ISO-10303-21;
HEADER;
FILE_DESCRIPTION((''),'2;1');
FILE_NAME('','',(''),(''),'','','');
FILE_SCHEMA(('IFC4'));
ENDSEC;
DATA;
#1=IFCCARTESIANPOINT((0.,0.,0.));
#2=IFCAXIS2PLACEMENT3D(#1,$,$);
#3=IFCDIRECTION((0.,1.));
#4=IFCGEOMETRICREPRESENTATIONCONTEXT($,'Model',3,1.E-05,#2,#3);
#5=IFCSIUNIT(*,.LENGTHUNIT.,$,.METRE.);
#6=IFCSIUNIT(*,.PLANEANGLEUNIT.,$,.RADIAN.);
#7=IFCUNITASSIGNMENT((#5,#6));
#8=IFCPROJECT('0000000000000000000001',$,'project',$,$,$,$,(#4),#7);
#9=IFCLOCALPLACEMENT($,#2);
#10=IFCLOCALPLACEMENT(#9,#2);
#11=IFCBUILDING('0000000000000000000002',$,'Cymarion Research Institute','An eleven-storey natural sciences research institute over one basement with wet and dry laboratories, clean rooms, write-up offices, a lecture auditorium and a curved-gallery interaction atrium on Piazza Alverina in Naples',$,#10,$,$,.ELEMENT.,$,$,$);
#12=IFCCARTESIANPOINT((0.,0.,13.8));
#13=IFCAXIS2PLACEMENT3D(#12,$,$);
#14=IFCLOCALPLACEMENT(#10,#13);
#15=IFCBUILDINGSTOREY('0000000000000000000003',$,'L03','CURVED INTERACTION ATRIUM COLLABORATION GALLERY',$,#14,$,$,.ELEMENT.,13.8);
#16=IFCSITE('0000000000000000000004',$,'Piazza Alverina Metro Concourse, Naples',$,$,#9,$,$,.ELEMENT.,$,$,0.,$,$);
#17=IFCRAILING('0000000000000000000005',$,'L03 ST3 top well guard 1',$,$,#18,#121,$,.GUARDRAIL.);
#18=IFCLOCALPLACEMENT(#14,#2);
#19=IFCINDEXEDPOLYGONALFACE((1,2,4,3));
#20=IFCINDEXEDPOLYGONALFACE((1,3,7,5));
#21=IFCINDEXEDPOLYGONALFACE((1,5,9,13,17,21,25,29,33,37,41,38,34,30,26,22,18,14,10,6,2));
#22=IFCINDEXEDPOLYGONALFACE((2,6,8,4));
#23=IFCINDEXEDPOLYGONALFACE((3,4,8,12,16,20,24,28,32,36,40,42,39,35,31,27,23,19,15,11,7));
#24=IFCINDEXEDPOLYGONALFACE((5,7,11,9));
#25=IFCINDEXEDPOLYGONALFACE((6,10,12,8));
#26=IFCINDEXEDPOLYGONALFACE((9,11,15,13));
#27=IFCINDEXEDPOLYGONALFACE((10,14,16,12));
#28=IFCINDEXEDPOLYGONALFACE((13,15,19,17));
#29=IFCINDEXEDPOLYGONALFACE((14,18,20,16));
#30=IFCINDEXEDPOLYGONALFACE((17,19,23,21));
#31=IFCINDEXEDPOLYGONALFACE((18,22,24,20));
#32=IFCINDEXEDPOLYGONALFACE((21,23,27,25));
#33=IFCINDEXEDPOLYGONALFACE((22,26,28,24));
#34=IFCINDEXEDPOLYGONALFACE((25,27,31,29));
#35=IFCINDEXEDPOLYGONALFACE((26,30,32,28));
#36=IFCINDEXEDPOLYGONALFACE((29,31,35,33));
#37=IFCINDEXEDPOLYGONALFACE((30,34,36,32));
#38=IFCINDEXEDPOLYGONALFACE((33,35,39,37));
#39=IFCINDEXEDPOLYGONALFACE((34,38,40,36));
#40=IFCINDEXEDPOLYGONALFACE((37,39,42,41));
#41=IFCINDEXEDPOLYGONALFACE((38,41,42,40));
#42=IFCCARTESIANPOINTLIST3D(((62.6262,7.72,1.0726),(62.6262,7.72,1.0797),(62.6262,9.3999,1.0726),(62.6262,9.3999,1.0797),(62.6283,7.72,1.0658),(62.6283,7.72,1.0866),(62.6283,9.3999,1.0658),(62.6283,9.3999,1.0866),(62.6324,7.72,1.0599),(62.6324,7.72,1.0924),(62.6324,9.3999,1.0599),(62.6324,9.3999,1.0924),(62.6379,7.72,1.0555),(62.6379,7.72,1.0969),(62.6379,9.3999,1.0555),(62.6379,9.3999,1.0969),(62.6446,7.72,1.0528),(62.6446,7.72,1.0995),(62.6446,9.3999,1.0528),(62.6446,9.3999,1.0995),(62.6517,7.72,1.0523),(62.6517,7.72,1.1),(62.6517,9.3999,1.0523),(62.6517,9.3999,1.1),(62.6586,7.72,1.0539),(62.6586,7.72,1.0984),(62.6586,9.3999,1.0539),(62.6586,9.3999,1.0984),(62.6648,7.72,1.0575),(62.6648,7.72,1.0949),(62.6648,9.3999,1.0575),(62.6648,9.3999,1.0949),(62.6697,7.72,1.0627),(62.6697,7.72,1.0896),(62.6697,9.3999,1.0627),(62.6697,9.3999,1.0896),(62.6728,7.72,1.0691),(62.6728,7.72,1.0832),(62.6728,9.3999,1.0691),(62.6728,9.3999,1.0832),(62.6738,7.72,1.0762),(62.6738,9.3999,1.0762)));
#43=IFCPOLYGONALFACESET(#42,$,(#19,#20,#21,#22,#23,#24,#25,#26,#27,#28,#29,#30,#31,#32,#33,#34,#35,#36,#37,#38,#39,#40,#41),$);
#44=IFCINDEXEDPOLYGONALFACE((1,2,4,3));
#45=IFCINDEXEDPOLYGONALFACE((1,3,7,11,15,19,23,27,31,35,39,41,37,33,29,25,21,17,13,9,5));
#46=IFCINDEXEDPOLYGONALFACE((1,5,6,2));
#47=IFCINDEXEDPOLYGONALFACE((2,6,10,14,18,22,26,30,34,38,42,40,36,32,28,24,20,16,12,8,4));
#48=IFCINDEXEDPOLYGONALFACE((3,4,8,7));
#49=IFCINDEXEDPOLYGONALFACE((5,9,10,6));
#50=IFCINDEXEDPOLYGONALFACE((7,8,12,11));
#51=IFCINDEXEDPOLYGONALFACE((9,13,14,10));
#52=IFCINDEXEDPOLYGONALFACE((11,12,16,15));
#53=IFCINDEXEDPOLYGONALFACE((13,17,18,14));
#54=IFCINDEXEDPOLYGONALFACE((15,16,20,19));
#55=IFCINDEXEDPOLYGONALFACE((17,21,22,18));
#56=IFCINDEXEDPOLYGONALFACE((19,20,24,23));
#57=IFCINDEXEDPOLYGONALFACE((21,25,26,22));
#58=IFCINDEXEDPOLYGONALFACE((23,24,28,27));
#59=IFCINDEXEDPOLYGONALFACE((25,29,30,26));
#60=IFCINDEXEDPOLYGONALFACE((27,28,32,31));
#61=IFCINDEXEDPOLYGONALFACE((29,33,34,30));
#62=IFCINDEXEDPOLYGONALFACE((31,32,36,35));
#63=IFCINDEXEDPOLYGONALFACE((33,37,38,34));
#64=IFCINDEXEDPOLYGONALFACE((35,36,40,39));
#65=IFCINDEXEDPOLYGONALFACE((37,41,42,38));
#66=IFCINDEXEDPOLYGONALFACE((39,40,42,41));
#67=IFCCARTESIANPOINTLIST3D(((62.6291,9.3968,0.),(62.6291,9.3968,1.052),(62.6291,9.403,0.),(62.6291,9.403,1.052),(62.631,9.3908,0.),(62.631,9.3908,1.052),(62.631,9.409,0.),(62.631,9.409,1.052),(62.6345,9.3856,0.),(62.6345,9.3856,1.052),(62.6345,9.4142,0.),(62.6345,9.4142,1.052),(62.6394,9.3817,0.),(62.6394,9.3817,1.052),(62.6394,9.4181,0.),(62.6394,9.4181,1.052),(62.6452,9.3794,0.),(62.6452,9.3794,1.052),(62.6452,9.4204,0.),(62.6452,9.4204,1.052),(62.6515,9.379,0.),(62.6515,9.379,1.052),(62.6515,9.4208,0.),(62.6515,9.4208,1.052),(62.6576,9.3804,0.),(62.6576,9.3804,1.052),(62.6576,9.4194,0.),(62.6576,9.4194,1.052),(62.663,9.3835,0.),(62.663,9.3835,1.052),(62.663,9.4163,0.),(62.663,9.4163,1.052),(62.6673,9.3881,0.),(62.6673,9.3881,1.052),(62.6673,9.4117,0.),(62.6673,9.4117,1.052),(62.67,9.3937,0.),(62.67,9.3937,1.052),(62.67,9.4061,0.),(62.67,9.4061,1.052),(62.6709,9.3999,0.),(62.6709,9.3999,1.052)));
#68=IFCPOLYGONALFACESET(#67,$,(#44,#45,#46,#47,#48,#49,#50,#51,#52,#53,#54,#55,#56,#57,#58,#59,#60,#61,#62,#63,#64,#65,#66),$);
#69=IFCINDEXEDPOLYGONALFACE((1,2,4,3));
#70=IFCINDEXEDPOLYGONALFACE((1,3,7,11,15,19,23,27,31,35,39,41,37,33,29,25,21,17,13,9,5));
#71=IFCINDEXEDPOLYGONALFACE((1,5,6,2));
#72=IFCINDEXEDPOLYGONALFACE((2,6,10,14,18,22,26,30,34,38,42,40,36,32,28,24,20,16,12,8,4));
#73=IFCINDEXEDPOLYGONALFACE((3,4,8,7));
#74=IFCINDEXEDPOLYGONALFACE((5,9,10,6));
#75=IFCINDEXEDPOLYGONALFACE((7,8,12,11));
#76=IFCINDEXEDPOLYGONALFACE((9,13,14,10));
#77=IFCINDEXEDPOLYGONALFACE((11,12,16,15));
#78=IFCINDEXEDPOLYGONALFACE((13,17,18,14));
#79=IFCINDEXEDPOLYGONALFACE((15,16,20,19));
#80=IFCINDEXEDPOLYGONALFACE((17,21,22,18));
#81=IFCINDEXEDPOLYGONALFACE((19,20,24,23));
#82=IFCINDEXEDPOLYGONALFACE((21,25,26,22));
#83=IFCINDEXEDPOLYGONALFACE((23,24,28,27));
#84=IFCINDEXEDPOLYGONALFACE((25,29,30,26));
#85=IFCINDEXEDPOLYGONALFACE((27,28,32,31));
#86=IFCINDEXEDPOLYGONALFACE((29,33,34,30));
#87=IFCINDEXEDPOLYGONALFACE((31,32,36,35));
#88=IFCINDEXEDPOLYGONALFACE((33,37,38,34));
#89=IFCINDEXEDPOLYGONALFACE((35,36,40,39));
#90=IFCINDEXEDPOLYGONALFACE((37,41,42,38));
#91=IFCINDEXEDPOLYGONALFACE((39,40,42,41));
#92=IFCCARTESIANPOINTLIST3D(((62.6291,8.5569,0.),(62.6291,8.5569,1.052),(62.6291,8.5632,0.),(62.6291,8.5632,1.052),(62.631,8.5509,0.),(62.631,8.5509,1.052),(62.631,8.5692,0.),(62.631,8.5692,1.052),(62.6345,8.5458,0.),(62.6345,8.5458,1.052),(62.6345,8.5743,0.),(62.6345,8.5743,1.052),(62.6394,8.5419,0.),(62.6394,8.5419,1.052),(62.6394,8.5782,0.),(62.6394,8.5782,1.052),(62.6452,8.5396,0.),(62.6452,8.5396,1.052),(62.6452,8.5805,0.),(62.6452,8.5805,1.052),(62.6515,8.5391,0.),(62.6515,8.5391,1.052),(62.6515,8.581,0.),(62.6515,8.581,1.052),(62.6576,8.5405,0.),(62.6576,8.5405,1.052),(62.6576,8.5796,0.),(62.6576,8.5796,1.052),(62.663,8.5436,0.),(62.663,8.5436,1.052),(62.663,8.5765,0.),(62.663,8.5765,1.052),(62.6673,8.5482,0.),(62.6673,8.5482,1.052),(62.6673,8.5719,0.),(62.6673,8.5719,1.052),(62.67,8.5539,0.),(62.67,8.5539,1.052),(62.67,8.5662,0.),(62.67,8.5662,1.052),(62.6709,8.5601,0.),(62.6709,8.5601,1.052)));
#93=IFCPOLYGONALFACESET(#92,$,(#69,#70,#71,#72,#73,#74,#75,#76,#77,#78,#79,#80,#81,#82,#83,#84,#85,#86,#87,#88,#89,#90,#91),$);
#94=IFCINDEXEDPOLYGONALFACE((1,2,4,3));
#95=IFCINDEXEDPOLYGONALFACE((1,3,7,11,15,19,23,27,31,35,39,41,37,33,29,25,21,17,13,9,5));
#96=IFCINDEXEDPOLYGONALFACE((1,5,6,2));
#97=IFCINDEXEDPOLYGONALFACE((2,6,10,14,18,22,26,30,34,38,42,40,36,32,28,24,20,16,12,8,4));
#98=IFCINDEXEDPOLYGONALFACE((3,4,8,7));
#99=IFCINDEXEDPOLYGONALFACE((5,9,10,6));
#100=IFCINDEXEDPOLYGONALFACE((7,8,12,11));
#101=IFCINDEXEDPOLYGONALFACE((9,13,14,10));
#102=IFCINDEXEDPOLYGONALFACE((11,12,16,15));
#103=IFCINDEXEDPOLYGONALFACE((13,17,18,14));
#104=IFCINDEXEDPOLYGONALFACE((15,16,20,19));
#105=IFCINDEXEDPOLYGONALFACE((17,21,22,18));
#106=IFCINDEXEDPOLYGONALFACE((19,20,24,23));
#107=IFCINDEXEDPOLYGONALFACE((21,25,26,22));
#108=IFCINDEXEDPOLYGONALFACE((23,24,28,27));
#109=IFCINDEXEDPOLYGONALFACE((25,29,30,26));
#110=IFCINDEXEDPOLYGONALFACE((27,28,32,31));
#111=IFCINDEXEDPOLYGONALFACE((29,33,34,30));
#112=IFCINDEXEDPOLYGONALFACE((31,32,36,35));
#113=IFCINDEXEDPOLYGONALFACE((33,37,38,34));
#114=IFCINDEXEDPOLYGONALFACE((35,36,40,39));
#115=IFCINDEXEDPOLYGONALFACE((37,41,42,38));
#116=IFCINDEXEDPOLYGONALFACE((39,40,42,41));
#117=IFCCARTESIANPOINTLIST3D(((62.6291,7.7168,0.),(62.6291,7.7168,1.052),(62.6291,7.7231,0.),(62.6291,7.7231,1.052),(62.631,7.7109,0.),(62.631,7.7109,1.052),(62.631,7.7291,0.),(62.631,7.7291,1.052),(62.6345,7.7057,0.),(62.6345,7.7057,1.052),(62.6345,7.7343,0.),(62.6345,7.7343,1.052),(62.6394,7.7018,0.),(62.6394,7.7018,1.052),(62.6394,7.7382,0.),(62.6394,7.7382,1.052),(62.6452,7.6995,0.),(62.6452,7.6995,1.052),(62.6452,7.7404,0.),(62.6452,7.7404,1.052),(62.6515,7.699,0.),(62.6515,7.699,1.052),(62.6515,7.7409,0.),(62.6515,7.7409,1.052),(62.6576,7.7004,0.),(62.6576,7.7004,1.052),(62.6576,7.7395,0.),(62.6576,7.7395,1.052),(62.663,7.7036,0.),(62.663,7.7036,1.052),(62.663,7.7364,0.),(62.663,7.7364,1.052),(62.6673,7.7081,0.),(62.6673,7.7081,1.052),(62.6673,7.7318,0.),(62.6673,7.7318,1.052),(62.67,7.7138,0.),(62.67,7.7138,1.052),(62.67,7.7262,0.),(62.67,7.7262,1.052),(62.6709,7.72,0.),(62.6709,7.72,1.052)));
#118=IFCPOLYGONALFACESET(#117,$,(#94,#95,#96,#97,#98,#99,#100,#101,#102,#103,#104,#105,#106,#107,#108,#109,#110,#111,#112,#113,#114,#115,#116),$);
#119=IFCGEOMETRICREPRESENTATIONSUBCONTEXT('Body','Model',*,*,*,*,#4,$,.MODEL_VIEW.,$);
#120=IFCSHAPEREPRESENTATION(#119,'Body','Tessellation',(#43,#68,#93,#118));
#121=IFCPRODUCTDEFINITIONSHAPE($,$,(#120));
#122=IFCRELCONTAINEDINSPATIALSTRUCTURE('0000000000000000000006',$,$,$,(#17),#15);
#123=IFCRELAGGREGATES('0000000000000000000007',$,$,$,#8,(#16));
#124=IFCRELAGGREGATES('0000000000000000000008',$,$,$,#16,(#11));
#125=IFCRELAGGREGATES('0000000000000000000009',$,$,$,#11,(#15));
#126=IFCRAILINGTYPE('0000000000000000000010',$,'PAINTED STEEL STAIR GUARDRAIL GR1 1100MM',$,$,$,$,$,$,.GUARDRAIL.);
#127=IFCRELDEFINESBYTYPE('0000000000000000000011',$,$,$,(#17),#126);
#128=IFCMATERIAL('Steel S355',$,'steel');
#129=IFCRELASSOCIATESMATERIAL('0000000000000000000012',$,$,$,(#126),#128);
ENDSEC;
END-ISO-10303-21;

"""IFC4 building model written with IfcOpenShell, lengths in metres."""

from ifc_helpers import new_model, si_unit, direction, frame, origin, origin_2d, place, context, subcontext, project, spatial, circle, extrude, material, type_object, element, save


model = new_model("IFC4")

# Units and contexts
model_context = context("Model", 3, precision=1e-05, world=origin(), true_north=direction((0.0, 1.0)))
body_context = subcontext(model_context, "Body", "Model", "MODEL_VIEW")
ifc_project = project(units=[si_unit("LENGTHUNIT", "METRE"), si_unit("PLANEANGLEUNIT", "RADIAN")], contexts=[model_context])

# Site, building, storey
site_placement = place(None, origin())
site = spatial("IfcSite", under=ifc_project, at=site_placement, Name="Piazza Alverina Metro Concourse, Naples", CompositionType="ELEMENT", RefElevation=0.0)
building_placement = place(site_placement, origin())
building = spatial("IfcBuilding", under=site, at=building_placement, Name="Cymarion Research Institute", Description="An eleven-storey natural sciences research institute over one basement with wet and dry laboratories, clean rooms, write-up offices, a lecture auditorium and a curved-gallery interaction atrium on Piazza Alverina in Naples", CompositionType="ELEMENT")
storey_placement = place(building_placement, frame((0.0, 0.0, 13.8)))
storey = spatial("IfcBuildingStorey", under=building, at=storey_placement, Name="L03", Description="CURVED INTERACTION ATRIUM COLLABORATION GALLERY", CompositionType="ELEMENT", Elevation=13.8)

# Shared definitions
ifc_material_1 = material(Name="Steel S355", Category="steel")

# Railing
railing_type = type_object("IfcRailingType", Name="PAINTED STEEL STAIR GUARDRAIL GR1 1100MM", PredefinedType="GUARDRAIL", material=ifc_material_1)
railing_placement = place(storey_placement, frame((62.6499, 9.3999, 0.0)))
element("IfcRailing", 1, at=railing_placement, inside=storey, type_object=railing_type, Name="L03 ST3 top well guard 1", PredefinedType="GUARDRAIL", context=body_context, shape_type="SweptSolid", body=[
    extrude(circle(Radius=0.0239, at=origin_2d()), frame((0.0, 0.0, 1.0762), z_axis=(0.0, -1.0, 0.0), x_axis=(1.0, 0.0, 0.0)), (0.0, 0.0, 1.0), 1.6799),
    extrude(circle(Radius=0.021, at=origin_2d()), origin(), (0.0, 0.0, 1.0), 1.052),
    extrude(circle(Radius=0.021, at=origin_2d()), frame((0.0, -0.8398, 0.0)), (0.0, 0.0, 1.0), 1.052),
    extrude(circle(Radius=0.021, at=origin_2d()), frame((0.0, -1.6799, 0.0)), (0.0, 0.0, 1.0), 1.052),
])

save(model, "model.ifc")
